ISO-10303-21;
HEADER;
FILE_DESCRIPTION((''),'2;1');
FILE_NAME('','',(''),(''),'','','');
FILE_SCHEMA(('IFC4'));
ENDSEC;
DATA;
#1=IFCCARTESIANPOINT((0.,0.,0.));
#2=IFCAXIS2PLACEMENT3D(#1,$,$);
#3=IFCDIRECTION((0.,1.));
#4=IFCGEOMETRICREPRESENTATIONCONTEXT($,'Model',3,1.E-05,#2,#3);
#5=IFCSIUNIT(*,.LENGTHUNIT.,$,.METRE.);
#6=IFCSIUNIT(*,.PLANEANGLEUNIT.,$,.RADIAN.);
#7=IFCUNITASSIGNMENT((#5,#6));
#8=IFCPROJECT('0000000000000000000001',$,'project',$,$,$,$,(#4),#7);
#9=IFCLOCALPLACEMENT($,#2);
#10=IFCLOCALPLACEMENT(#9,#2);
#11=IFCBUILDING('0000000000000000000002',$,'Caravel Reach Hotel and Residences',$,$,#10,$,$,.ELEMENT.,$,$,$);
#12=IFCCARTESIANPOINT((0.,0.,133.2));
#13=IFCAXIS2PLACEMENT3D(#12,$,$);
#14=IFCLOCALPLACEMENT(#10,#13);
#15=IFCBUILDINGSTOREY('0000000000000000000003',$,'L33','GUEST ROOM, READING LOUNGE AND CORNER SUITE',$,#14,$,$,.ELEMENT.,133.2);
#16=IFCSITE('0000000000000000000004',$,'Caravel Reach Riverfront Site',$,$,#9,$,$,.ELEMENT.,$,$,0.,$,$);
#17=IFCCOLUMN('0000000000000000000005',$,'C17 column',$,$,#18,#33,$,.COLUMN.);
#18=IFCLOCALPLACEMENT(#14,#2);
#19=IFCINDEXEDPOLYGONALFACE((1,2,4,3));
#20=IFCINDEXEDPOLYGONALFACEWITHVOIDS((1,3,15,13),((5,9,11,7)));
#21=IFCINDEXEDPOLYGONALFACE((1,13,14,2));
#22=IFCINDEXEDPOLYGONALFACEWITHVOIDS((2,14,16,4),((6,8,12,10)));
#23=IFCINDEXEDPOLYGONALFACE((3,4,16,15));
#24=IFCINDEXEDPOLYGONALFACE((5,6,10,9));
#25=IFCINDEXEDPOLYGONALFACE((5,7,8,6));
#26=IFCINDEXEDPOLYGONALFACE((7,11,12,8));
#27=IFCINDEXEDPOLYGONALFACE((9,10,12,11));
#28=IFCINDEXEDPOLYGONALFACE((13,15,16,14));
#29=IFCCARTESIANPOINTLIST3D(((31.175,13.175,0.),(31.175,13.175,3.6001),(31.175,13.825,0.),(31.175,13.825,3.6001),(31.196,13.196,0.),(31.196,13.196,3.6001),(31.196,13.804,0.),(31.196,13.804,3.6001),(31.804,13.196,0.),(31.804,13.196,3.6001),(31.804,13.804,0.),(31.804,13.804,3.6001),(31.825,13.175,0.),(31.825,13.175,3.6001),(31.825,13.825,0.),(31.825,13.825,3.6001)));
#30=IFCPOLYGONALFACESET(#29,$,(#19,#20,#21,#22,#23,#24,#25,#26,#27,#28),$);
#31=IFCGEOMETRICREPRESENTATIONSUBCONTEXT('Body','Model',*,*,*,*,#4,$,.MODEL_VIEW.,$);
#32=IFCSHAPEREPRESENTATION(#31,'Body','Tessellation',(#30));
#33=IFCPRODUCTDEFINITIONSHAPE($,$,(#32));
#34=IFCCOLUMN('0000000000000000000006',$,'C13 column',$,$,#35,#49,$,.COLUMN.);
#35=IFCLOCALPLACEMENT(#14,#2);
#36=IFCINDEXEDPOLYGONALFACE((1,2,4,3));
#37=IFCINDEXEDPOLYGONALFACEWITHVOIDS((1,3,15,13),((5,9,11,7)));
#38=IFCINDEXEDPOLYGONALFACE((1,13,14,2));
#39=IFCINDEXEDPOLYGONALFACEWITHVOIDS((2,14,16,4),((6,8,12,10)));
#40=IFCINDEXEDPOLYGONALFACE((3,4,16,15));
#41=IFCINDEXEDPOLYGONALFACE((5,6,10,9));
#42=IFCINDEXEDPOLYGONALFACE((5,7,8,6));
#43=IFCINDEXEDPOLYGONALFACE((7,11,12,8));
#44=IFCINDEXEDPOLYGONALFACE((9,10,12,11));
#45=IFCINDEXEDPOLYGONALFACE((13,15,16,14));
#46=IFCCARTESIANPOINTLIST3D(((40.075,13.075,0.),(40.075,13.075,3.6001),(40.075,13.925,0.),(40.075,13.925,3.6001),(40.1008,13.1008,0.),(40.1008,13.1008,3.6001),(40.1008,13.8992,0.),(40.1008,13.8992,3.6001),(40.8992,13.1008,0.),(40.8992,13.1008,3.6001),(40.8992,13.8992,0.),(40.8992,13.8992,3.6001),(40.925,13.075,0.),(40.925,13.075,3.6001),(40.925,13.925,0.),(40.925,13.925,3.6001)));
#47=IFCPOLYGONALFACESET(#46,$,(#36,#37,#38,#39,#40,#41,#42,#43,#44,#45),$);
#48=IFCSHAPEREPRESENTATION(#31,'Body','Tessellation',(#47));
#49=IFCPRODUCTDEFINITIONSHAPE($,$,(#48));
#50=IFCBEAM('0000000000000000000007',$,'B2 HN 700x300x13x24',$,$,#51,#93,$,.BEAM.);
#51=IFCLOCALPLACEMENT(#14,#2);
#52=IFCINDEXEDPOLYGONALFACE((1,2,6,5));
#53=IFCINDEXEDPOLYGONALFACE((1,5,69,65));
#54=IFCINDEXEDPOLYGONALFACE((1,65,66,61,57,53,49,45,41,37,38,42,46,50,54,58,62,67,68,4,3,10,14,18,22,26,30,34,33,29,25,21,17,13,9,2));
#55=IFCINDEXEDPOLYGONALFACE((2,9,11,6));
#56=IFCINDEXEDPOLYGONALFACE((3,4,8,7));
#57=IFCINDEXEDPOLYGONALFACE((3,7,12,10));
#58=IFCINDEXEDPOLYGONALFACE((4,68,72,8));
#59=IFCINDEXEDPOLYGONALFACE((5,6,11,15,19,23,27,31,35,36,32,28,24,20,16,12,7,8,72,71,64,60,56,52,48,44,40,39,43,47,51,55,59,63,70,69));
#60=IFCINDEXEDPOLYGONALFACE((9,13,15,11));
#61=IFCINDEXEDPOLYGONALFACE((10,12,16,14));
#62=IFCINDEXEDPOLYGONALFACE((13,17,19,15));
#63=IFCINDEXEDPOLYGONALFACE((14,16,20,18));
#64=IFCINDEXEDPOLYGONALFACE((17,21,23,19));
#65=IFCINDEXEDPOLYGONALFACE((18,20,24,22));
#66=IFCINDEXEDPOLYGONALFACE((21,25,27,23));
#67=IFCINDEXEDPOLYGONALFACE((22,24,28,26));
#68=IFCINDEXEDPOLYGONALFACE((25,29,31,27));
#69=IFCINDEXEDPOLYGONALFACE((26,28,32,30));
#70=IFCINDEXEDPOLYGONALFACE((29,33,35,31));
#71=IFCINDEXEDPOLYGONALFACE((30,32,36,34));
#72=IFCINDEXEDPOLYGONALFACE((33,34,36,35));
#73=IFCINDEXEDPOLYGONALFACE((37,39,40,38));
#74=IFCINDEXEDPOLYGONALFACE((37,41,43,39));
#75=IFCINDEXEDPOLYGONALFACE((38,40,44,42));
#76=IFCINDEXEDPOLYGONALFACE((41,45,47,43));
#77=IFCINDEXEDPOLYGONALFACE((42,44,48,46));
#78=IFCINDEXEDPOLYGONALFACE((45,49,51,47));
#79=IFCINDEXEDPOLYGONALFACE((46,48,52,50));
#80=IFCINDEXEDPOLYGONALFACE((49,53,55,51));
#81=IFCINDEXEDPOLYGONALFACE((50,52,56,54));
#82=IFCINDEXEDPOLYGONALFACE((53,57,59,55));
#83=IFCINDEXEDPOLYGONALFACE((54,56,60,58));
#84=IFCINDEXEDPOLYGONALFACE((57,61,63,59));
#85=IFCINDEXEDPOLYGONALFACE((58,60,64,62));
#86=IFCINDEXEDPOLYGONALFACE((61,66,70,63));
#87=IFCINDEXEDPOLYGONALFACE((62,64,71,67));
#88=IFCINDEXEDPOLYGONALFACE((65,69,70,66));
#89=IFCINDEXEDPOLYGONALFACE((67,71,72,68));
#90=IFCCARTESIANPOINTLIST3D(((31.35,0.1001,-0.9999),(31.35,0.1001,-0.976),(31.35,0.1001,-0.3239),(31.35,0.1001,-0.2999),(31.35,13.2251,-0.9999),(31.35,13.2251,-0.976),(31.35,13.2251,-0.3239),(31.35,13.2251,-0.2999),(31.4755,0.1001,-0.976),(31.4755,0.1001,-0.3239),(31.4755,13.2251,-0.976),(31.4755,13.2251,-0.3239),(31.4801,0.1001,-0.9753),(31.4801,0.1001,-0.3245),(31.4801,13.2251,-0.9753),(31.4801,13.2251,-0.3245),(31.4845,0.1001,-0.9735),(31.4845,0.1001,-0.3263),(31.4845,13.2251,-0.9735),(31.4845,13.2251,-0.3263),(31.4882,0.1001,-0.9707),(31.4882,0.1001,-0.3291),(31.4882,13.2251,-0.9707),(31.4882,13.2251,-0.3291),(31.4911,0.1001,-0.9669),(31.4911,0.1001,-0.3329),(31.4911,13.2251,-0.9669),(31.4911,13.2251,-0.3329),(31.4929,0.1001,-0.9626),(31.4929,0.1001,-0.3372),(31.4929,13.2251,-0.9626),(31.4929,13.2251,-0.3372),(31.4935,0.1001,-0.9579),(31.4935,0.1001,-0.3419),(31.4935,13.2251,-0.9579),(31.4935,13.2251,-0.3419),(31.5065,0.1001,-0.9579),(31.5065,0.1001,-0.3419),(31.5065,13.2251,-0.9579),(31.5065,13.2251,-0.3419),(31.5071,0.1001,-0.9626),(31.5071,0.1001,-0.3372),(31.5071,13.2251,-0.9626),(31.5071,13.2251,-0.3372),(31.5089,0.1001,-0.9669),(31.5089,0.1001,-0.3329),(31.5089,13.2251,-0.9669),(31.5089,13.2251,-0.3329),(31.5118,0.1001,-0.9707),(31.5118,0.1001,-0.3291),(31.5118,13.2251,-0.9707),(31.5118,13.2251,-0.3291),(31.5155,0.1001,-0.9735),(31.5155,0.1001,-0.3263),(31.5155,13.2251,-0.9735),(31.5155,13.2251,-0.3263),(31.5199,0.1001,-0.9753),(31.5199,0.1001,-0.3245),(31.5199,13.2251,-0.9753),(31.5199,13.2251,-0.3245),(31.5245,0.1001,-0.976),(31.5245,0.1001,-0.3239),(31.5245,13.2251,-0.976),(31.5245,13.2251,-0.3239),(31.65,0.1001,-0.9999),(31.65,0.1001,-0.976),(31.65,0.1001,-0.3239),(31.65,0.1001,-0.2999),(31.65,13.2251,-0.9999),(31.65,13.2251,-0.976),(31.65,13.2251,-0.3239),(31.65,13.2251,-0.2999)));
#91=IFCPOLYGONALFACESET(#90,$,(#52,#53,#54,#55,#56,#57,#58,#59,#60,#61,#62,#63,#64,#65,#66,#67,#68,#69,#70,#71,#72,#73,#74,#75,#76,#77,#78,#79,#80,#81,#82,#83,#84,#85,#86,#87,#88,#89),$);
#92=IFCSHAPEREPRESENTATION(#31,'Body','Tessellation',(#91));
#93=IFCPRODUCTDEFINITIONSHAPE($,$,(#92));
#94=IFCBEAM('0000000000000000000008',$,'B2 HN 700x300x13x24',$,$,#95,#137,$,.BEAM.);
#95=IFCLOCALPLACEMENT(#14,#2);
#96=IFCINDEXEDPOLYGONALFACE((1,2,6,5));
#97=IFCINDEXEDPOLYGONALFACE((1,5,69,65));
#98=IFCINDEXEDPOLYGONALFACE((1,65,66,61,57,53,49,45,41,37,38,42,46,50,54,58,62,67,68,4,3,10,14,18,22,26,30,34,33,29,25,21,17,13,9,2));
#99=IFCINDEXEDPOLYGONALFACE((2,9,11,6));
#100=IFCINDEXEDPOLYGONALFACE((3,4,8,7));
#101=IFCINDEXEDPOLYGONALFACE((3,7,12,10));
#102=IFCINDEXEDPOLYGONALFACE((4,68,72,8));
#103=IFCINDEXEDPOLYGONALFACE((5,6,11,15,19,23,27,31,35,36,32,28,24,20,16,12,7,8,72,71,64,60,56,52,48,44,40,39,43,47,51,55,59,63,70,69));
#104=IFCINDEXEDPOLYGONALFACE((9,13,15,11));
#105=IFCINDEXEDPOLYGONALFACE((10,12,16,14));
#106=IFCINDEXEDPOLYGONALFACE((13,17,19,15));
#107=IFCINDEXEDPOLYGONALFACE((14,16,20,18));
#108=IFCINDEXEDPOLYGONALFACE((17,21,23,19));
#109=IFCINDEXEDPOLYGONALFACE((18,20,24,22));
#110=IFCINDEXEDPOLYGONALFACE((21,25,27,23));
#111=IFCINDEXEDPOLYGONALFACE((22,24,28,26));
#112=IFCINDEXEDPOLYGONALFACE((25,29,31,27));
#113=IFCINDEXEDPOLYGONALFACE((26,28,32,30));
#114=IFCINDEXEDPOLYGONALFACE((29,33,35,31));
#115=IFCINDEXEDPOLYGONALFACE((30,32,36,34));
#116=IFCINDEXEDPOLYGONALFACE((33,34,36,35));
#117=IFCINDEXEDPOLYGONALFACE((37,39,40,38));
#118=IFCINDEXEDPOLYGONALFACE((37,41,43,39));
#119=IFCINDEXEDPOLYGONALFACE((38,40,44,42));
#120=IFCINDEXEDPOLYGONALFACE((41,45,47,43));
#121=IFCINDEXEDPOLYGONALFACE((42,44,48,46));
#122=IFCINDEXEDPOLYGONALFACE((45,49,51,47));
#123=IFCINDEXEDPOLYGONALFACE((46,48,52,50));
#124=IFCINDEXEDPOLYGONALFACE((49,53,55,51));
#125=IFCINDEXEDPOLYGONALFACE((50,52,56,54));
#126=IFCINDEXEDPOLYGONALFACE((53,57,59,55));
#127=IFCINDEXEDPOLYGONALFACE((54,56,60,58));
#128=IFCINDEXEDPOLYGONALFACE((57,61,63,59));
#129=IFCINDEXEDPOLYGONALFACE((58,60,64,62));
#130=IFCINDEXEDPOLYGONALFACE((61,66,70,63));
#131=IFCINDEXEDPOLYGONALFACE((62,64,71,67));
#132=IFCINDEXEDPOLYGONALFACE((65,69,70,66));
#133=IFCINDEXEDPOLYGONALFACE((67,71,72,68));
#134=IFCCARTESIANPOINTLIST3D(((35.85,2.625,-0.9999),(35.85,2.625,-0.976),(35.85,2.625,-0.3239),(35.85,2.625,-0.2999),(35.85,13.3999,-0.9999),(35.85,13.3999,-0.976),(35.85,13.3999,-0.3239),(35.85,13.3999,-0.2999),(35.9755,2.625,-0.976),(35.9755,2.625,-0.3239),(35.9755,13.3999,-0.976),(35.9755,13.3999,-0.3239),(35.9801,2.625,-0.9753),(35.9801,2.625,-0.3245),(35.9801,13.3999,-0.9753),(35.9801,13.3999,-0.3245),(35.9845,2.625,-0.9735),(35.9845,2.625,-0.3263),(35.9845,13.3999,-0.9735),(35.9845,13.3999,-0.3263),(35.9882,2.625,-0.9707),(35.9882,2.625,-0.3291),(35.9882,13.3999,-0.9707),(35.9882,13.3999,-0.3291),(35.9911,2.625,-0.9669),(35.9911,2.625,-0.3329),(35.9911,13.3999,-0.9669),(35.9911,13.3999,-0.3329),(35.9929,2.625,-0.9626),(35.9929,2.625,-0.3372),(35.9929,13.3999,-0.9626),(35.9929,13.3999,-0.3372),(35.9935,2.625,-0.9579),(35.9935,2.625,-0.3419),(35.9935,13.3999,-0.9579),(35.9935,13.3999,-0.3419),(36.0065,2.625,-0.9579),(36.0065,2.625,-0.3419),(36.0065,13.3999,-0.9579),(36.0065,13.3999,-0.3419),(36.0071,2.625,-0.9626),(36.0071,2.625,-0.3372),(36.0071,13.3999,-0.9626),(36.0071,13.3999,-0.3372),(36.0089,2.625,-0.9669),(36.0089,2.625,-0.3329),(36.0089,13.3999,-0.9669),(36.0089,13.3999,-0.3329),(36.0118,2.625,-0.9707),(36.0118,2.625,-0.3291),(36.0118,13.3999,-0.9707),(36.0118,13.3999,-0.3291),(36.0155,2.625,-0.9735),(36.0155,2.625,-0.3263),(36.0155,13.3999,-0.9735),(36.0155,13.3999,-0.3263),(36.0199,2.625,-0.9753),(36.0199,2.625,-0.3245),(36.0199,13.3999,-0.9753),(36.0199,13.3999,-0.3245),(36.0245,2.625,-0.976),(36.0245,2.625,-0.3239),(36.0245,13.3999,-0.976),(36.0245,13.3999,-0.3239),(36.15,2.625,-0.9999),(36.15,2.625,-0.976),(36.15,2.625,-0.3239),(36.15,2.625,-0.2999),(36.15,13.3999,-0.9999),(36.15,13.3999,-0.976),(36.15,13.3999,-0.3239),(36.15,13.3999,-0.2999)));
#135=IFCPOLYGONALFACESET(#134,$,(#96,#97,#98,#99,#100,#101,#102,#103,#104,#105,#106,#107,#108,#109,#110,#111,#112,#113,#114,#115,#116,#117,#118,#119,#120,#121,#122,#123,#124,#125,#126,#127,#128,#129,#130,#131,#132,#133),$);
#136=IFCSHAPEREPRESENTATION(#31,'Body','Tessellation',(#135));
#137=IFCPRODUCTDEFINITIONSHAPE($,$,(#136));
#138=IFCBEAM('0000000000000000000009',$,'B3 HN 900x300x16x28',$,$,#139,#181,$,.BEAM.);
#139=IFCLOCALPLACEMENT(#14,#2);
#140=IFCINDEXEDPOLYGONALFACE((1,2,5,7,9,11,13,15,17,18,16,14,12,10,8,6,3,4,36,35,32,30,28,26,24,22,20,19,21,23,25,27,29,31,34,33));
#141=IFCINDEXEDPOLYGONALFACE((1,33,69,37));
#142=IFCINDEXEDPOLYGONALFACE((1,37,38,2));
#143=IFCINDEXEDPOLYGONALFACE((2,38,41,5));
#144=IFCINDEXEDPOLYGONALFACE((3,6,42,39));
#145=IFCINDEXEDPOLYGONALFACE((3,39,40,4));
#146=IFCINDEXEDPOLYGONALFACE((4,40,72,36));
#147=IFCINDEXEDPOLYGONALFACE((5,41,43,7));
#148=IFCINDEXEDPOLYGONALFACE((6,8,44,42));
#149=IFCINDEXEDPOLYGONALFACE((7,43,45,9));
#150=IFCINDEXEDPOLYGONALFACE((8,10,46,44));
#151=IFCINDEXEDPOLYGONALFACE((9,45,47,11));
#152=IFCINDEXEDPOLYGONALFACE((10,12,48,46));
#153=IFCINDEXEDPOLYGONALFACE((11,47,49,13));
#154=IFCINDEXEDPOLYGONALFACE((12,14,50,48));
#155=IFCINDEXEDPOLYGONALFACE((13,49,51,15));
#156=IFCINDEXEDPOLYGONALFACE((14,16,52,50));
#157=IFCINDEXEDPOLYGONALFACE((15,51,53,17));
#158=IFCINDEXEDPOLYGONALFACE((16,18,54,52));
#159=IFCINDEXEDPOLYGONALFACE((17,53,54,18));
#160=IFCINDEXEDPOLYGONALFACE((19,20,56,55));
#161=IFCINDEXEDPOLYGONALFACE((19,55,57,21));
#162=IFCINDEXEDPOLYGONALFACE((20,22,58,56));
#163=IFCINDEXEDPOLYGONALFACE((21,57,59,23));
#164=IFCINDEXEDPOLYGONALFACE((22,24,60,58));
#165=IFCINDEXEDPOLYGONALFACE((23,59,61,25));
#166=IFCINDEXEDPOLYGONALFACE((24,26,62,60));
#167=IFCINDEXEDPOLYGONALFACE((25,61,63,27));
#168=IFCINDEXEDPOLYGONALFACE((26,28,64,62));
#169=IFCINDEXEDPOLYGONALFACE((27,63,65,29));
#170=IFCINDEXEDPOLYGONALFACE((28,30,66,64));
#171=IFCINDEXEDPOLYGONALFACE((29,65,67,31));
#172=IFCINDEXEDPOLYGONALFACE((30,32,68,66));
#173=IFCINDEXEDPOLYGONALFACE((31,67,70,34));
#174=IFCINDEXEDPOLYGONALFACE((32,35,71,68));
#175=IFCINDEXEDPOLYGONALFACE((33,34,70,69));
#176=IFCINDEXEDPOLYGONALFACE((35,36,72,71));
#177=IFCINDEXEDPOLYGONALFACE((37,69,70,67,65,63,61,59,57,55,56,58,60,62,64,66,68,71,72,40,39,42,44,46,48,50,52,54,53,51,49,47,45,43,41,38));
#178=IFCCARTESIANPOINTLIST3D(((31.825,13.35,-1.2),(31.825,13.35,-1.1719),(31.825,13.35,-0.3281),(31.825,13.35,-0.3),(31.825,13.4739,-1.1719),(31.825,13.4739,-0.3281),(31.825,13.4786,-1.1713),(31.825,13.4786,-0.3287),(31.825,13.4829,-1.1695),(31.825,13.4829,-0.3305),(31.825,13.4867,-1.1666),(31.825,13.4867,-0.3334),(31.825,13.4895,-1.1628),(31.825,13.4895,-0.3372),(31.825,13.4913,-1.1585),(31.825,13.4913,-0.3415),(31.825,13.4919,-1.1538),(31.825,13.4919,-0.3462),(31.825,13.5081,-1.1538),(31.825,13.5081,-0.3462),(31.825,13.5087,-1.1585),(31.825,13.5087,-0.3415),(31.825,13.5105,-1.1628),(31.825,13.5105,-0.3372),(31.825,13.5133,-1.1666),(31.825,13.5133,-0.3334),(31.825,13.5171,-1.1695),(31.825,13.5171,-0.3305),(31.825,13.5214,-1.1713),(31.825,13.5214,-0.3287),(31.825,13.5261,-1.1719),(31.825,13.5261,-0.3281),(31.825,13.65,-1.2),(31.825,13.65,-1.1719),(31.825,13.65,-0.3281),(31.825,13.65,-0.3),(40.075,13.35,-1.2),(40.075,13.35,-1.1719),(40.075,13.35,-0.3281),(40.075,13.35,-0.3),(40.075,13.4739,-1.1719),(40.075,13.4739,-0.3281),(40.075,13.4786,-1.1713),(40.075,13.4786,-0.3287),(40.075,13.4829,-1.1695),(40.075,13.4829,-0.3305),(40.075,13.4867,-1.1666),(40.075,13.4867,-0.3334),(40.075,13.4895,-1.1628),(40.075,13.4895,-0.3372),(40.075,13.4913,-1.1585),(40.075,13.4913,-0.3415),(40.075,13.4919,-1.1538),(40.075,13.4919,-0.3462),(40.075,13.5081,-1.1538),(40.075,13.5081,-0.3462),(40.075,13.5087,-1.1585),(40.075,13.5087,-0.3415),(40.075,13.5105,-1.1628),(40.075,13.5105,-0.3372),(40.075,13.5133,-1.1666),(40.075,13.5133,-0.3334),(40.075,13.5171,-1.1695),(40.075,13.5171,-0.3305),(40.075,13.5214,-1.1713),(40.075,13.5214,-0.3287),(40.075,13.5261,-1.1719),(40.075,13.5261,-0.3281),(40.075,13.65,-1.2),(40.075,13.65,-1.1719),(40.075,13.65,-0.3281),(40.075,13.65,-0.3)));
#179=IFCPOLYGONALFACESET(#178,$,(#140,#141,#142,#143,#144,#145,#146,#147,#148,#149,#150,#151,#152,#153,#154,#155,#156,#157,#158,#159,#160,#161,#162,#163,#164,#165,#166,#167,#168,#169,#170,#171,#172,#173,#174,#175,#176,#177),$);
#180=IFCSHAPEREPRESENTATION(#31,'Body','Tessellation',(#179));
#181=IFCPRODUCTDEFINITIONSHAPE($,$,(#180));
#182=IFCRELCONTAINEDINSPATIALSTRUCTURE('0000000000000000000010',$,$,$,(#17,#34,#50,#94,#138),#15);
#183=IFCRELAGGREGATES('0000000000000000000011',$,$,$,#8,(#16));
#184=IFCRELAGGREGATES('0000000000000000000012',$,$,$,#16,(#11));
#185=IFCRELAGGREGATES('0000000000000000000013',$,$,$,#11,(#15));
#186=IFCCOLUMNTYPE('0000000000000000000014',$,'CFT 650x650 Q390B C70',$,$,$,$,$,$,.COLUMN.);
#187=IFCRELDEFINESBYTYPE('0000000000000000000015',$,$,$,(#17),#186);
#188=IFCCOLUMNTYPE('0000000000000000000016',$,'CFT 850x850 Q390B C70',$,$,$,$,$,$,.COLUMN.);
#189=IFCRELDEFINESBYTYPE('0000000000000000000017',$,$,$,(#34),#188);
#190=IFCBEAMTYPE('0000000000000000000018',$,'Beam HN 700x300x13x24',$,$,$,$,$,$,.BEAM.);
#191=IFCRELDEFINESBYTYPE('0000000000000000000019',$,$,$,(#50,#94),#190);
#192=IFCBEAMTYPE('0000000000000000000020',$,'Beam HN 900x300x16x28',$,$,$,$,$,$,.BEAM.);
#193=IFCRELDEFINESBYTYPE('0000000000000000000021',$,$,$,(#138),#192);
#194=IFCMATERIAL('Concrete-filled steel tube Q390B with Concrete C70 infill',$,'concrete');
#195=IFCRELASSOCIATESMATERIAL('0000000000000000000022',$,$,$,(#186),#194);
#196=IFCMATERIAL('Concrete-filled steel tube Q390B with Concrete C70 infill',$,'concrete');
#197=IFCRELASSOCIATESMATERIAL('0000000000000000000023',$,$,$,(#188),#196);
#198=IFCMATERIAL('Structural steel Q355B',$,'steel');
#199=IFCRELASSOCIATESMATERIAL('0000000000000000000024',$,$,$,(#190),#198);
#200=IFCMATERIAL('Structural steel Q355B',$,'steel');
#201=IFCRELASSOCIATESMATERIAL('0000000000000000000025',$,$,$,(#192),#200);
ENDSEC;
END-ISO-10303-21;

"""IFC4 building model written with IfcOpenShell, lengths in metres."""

from ifc_helpers import new_model, si_unit, direction, frame, origin, origin_2d, place, context, subcontext, project, spatial, hollow_rectangle, i_section, extrude, material, material_profile, profile_set, type_object, element, save


model = new_model("IFC4")

# Units and contexts
model_context = context("Model", 3, precision=1e-05, world=origin(), true_north=direction((0.0, 1.0)))
body_context = subcontext(model_context, "Body", "Model", "MODEL_VIEW")
ifc_project = project(units=[si_unit("LENGTHUNIT", "METRE"), si_unit("PLANEANGLEUNIT", "RADIAN")], contexts=[model_context])

# Site, building, storey
site_placement = place(None, origin())
site = spatial("IfcSite", under=ifc_project, at=site_placement, Name="Caravel Reach Riverfront Site", CompositionType="ELEMENT", RefElevation=0.0)
building_placement = place(site_placement, origin())
building = spatial("IfcBuilding", under=site, at=building_placement, Name="Caravel Reach Hotel and Residences", CompositionType="ELEMENT")
storey_placement = place(building_placement, frame((0.0, 0.0, 133.2)))
storey = spatial("IfcBuildingStorey", under=building, at=storey_placement, Name="L33", Description="GUEST ROOM, READING LOUNGE AND CORNER SUITE", CompositionType="ELEMENT", Elevation=133.2)

# Columns
ifc_material_1 = material(Name="Concrete-filled steel tube Q390B with Concrete C70 infill", Category="concrete")
ifc_material_profile_1 = material_profile(ifc_material_1, hollow_rectangle(XDim=0.6499, YDim=0.6499, WallThickness=0.021, at=origin_2d()), Name="RHS 650x650x21")
ifc_profile_set_1 = profile_set([ifc_material_profile_1], Name="Concrete-filled steel tube Q390B with Concrete C70 infill")
column_type_1 = type_object("IfcColumnType", Name="CFT 650x650 Q390B C70", PredefinedType="COLUMN", material=ifc_profile_set_1)
column_1_placement = place(storey_placement, frame((31.5, 13.5, 0.0), z_axis=(0.0, 0.0, 1.0), x_axis=(1.0, 0.0, 0.0)))
element("IfcColumn", 1, at=column_1_placement, inside=storey, type_object=column_type_1, Name="C17 column", PredefinedType="COLUMN", context=body_context, shape_type="SweptSolid", body=[
    extrude(hollow_rectangle(XDim=0.6499, YDim=0.6499, WallThickness=0.021, at=origin_2d()), origin(), (0.0, 0.0, 1.0), 3.6001),
])
ifc_material_2 = material(Name="Concrete-filled steel tube Q390B with Concrete C70 infill", Category="concrete")
ifc_material_profile_2 = material_profile(ifc_material_2, hollow_rectangle(XDim=0.8501, YDim=0.8501, WallThickness=0.0259, at=origin_2d()), Name="RHS 850x850x26")
ifc_profile_set_2 = profile_set([ifc_material_profile_2], Name="Concrete-filled steel tube Q390B with Concrete C70 infill")
column_type_2 = type_object("IfcColumnType", Name="CFT 850x850 Q390B C70", PredefinedType="COLUMN", material=ifc_profile_set_2)
column_2_placement = place(storey_placement, frame((40.5, 13.5, 0.0), z_axis=(0.0, 0.0, 1.0), x_axis=(1.0, 0.0, 0.0)))
element("IfcColumn", 2, at=column_2_placement, inside=storey, type_object=column_type_2, Name="C13 column", PredefinedType="COLUMN", context=body_context, shape_type="SweptSolid", body=[
    extrude(hollow_rectangle(XDim=0.8501, YDim=0.8501, WallThickness=0.0259, at=origin_2d()), origin(), (0.0, 0.0, 1.0), 3.6001),
])

# Beams
ifc_material_3 = material(Name="Structural steel Q355B", Category="steel")
ifc_material_profile_3 = material_profile(ifc_material_3, i_section(OverallWidth=0.3, OverallDepth=0.7, WebThickness=0.0129, FlangeThickness=0.0239, FilletRadius=0.0181, at=origin_2d()), Name="HN 700x300x13x24")
ifc_profile_set_3 = profile_set([ifc_material_profile_3], Name="Structural steel Q355B")
beam_type_1 = type_object("IfcBeamType", Name="Beam HN 700x300x13x24", PredefinedType="BEAM", material=ifc_profile_set_3)
beam_1_placement = place(storey_placement, frame((31.5, 13.2251, -0.6499), z_axis=(0.0, -1.0, 0.0), x_axis=(1.0, 0.0, 0.0)))
element("IfcBeam", 3, at=beam_1_placement, inside=storey, type_object=beam_type_1, Name="B2 HN 700x300x13x24", PredefinedType="BEAM", context=body_context, shape_type="SweptSolid", body=[
    extrude(i_section(OverallWidth=0.3, OverallDepth=0.7, WebThickness=0.0129, FlangeThickness=0.0239, FilletRadius=0.0181, at=origin_2d()), origin(), (0.0, 0.0, 1.0), 13.125),
])
beam_2_placement = place(storey_placement, frame((36.0, 13.3999, -0.6499), z_axis=(0.0, -1.0, 0.0), x_axis=(1.0, 0.0, 0.0)))
element("IfcBeam", 4, at=beam_2_placement, inside=storey, type_object=beam_type_1, Name="B2 HN 700x300x13x24", PredefinedType="BEAM", context=body_context, shape_type="SweptSolid", body=[
    extrude(i_section(OverallWidth=0.3, OverallDepth=0.7, WebThickness=0.0129, FlangeThickness=0.0239, FilletRadius=0.0181, at=origin_2d()), origin(), (0.0, 0.0, 1.0), 10.7749),
])
ifc_material_4 = material(Name="Structural steel Q355B", Category="steel")
ifc_material_profile_4 = material_profile(ifc_material_4, i_section(OverallWidth=0.3, OverallDepth=0.8999, WebThickness=0.0161, FlangeThickness=0.0281, FilletRadius=0.0181, at=origin_2d()), Name="HN 900x300x16x28")
ifc_profile_set_4 = profile_set([ifc_material_profile_4], Name="Structural steel Q355B")
beam_type_2 = type_object("IfcBeamType", Name="Beam HN 900x300x16x28", PredefinedType="BEAM", material=ifc_profile_set_4)
beam_3_placement = place(storey_placement, frame((31.825, 13.5, -0.75), z_axis=(1.0, 0.0, 0.0), x_axis=(0.0, 1.0, 0.0)))
element("IfcBeam", 5, at=beam_3_placement, inside=storey, type_object=beam_type_2, Name="B3 HN 900x300x16x28", PredefinedType="BEAM", context=body_context, shape_type="SweptSolid", body=[
    extrude(i_section(OverallWidth=0.3, OverallDepth=0.8999, WebThickness=0.0161, FlangeThickness=0.0281, FilletRadius=0.0181, at=origin_2d()), origin(), (0.0, 0.0, 1.0), 8.25),
])

save(model, "model.ifc")
